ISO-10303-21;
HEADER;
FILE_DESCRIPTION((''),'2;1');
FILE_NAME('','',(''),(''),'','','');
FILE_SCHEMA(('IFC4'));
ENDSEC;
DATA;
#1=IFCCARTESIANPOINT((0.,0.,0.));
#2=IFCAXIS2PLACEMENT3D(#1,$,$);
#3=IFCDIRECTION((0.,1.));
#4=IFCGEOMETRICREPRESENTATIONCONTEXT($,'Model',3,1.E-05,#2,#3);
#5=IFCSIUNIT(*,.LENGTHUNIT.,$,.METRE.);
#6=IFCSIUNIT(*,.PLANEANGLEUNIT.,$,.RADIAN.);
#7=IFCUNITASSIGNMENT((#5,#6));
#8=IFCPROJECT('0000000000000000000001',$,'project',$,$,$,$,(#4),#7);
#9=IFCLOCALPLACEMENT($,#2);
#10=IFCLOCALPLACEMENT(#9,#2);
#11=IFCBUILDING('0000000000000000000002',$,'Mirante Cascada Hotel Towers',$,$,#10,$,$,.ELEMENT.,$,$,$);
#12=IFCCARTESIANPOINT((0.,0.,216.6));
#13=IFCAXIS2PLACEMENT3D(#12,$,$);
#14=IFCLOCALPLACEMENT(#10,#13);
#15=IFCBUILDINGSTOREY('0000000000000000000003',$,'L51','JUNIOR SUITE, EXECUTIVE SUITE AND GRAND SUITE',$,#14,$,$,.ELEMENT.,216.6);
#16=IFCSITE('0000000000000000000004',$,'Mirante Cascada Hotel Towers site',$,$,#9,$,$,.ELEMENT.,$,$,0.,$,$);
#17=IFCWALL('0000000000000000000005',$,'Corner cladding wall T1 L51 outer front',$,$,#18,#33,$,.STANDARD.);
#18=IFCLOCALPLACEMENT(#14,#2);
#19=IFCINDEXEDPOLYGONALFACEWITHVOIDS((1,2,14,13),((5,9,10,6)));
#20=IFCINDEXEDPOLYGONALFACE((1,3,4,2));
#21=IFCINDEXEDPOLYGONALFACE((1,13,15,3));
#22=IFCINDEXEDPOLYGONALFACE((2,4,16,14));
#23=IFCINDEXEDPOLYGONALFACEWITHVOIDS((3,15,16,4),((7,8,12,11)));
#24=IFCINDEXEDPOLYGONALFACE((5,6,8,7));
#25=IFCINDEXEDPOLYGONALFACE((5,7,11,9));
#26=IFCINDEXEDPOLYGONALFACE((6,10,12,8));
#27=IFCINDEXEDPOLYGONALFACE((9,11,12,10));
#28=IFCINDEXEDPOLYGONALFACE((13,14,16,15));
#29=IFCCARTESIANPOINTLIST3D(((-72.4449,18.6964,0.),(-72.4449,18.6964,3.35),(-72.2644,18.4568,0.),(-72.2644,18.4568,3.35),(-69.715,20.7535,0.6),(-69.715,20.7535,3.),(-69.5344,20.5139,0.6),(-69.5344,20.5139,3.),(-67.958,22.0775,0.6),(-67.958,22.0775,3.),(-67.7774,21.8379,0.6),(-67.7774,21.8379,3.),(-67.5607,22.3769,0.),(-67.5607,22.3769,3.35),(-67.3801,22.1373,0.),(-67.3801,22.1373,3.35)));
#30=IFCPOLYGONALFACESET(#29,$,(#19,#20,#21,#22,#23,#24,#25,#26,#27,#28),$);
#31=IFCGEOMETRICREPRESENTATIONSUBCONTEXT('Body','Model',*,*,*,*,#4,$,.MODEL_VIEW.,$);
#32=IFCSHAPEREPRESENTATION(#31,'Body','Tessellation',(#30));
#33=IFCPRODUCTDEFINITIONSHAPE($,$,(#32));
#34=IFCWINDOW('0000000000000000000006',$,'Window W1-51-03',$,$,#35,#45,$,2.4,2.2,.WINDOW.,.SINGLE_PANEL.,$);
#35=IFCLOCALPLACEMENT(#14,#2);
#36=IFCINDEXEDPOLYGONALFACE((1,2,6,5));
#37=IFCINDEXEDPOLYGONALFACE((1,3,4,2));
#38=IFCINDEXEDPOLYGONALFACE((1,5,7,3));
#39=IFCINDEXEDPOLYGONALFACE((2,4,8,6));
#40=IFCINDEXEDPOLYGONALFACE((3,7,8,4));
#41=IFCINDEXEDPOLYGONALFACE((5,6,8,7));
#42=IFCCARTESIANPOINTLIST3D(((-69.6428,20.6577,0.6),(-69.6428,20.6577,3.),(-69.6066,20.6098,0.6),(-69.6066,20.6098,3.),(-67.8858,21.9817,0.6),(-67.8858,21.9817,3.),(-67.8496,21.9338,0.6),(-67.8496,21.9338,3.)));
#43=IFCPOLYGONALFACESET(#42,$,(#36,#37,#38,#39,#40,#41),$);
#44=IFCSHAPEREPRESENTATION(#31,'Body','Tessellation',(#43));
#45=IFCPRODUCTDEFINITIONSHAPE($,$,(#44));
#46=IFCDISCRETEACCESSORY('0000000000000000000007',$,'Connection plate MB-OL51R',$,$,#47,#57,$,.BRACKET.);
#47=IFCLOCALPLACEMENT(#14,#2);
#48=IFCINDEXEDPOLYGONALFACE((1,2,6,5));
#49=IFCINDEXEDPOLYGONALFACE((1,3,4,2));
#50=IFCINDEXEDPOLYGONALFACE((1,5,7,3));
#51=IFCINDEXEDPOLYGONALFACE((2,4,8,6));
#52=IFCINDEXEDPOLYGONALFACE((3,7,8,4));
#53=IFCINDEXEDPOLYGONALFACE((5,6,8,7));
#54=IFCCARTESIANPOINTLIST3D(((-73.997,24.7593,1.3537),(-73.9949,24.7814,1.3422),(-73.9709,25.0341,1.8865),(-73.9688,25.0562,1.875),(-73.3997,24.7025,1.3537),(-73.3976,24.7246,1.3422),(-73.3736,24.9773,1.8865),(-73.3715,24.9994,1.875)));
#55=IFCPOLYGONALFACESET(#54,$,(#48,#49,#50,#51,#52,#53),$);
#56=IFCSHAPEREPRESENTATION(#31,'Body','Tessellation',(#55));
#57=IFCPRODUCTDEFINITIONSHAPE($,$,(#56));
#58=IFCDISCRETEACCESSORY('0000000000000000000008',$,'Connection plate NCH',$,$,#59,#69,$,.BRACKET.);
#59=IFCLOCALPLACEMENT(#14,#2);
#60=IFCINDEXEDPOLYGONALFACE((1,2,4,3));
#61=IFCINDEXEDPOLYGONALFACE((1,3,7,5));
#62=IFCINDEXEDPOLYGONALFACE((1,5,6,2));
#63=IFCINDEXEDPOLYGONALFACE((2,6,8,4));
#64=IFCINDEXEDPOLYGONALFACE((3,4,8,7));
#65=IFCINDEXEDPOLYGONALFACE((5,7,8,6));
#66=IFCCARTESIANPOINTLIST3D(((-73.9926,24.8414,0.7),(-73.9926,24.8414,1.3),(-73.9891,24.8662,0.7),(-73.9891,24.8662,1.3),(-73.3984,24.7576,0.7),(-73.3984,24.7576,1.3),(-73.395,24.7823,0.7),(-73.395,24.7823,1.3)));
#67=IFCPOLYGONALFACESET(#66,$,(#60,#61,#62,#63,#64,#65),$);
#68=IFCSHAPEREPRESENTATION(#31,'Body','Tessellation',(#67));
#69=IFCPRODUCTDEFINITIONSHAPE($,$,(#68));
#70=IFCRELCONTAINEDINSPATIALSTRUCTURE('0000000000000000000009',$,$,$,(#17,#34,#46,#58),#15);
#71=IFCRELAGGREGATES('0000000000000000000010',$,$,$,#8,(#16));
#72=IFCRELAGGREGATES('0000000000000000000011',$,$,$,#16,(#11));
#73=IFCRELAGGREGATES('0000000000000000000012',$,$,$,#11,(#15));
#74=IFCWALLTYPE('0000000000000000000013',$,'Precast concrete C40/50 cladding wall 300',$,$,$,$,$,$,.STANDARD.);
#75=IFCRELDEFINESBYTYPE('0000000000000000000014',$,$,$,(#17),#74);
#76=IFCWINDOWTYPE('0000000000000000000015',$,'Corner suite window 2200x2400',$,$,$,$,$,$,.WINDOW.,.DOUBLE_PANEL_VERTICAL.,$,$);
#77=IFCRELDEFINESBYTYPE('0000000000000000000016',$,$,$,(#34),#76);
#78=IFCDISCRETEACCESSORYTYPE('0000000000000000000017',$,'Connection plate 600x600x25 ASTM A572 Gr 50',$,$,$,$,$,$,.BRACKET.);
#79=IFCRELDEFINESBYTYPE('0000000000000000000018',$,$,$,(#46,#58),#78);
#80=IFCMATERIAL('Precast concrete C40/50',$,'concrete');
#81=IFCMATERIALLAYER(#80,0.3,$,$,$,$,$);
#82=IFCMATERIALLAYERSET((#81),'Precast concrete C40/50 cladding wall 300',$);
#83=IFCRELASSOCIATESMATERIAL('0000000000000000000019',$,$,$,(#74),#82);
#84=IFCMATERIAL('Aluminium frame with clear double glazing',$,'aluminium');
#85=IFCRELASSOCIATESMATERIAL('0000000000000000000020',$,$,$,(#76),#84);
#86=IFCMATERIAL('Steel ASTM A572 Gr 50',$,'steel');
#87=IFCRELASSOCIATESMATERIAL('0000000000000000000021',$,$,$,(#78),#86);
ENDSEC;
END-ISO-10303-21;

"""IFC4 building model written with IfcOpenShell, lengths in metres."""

from ifc_helpers import new_model, si_unit, direction, frame, frame_2d, origin, origin_2d, place, context, subcontext, project, spatial, rectangle, extrude, material, layer, layer_set, material_profile, profile_set, type_object, element, fill, save


model = new_model("IFC4")

# Units and contexts
model_context = context("Model", 3, precision=1e-05, world=origin(), true_north=direction((0.0, 1.0)))
body_context = subcontext(model_context, "Body", "Model", "MODEL_VIEW")
ifc_project = project(units=[si_unit("LENGTHUNIT", "METRE"), si_unit("PLANEANGLEUNIT", "RADIAN")], contexts=[model_context])

# Site, building, storey
site_placement = place(None, origin())
site = spatial("IfcSite", under=ifc_project, at=site_placement, Name="Mirante Cascada Hotel Towers site", CompositionType="ELEMENT", RefElevation=0.0)
building_placement = place(site_placement, origin())
building = spatial("IfcBuilding", under=site, at=building_placement, Name="Mirante Cascada Hotel Towers", CompositionType="ELEMENT")
storey_placement = place(building_placement, frame((0.0, 0.0, 216.6)))
storey = spatial("IfcBuildingStorey", under=building, at=storey_placement, Name="L51", Description="JUNIOR SUITE, EXECUTIVE SUITE AND GRAND SUITE", CompositionType="ELEMENT", Elevation=216.6)

# Wall, opening, window
ifc_material_1 = material(Name="Precast concrete C40/50", Category="concrete")
ifc_layer_1 = layer(ifc_material_1, 0.3)
ifc_layer_set_1 = layer_set([ifc_layer_1], Name="Precast concrete C40/50 cladding wall 300")
wall_type_1 = type_object("IfcWallType", Name="Precast concrete C40/50 cladding wall 300", PredefinedType="STANDARD", material=ifc_layer_set_1)
wall_1_placement = place(storey_placement, frame((-72.3546, 18.5766, 0.0), z_axis=(0.0, 0.0, 1.0), x_axis=(0.798636, 0.601814, 0.0)))
wall_1 = element("IfcWall", 1, at=wall_1_placement, inside=storey, type_object=wall_type_1, Name="Corner cladding wall T1 L51 outer front", PredefinedType="STANDARD", context=body_context, shape_type="SweptSolid", body=[
    extrude(rectangle(XDim=6.1157, YDim=0.3, at=frame_2d((3.0578, 0.0))), origin(), (0.0, 0.0, 1.0), 3.35),
])
opening_1_placement = place(wall_1_placement, frame((3.4182, 0.0, 0.6)))
opening_1 = element("IfcOpeningElement", 2, at=opening_1_placement, cuts=wall_1, PredefinedType="OPENING", context=body_context, shape_type="SweptSolid", body=[
    extrude(rectangle(XDim=2.2, YDim=2.4, at=frame_2d((1.1, 1.2))), frame((0.0, 0.15, 0.0), z_axis=(0.0, -1.0, 0.0), x_axis=(1.0, 0.0, 0.0)), (0.0, 0.0, 1.0), 0.3),
])
ifc_material_2 = material(Name="Aluminium frame with clear double glazing", Category="aluminium")
window_type = type_object("IfcWindowType", Name="Corner suite window 2200x2400", PartitioningType="DOUBLE_PANEL_VERTICAL", PredefinedType="WINDOW", material=ifc_material_2)
window_placement = place(opening_1_placement, origin())
window = element("IfcWindow", 3, at=window_placement, inside=storey, type_object=window_type, Name="Window W1-51-03", OverallHeight=2.4, OverallWidth=2.2, PartitioningType="SINGLE_PANEL", PredefinedType="WINDOW", context=body_context, shape_type="SweptSolid", body=[
    extrude(rectangle(XDim=2.2, YDim=2.4, at=frame_2d((1.1, 1.2))), frame((0.0, 0.03, 0.0), z_axis=(0.0, -1.0, 0.0), x_axis=(1.0, 0.0, 0.0)), (0.0, 0.0, 1.0), 0.06),
])
fill(opening_1, window)

# Discrete accessories
ifc_material_3 = material(Name="Steel ASTM A572 Gr 50", Category="steel")
ifc_material_profile_1 = material_profile(ifc_material_3, rectangle(XDim=0.6, YDim=0.6, at=origin_2d()), Name="Connection plate 600x600x25 ASTM A572 Gr 50")
ifc_profile_set_1 = profile_set([ifc_material_profile_1], Name="Steel ASTM A572 Gr 50")
discrete_accessory_type = type_object("IfcDiscreteAccessoryType", Name="Connection plate 600x600x25 ASTM A572 Gr 50", PredefinedType="BRACKET", material=ifc_profile_set_1)
for number, where, z_axis, x_axis, name in (
    (4, (-73.6832, 24.8904, 1.6086), (-0.083995, -0.88395, 0.459974), (0.995516, -0.094597, 0.0), "Connection plate MB-OL51R"),
    (5, (-73.6955, 24.7995, 1.0), (0.139744, 0.990188, 0.0), (-0.990188, 0.139744, 0.0), "Connection plate NCH"),
):
    element("IfcDiscreteAccessory", number, at=place(storey_placement, frame(where, z_axis=z_axis, x_axis=x_axis)), inside=storey, type_object=discrete_accessory_type, Name=name, PredefinedType="BRACKET", context=body_context, shape_type="SweptSolid", body=[
        extrude(rectangle(XDim=0.6, YDim=0.6, at=origin_2d()), origin(), (0.0, 0.0, 1.0), 0.025),
    ])

save(model, "model.ifc")
